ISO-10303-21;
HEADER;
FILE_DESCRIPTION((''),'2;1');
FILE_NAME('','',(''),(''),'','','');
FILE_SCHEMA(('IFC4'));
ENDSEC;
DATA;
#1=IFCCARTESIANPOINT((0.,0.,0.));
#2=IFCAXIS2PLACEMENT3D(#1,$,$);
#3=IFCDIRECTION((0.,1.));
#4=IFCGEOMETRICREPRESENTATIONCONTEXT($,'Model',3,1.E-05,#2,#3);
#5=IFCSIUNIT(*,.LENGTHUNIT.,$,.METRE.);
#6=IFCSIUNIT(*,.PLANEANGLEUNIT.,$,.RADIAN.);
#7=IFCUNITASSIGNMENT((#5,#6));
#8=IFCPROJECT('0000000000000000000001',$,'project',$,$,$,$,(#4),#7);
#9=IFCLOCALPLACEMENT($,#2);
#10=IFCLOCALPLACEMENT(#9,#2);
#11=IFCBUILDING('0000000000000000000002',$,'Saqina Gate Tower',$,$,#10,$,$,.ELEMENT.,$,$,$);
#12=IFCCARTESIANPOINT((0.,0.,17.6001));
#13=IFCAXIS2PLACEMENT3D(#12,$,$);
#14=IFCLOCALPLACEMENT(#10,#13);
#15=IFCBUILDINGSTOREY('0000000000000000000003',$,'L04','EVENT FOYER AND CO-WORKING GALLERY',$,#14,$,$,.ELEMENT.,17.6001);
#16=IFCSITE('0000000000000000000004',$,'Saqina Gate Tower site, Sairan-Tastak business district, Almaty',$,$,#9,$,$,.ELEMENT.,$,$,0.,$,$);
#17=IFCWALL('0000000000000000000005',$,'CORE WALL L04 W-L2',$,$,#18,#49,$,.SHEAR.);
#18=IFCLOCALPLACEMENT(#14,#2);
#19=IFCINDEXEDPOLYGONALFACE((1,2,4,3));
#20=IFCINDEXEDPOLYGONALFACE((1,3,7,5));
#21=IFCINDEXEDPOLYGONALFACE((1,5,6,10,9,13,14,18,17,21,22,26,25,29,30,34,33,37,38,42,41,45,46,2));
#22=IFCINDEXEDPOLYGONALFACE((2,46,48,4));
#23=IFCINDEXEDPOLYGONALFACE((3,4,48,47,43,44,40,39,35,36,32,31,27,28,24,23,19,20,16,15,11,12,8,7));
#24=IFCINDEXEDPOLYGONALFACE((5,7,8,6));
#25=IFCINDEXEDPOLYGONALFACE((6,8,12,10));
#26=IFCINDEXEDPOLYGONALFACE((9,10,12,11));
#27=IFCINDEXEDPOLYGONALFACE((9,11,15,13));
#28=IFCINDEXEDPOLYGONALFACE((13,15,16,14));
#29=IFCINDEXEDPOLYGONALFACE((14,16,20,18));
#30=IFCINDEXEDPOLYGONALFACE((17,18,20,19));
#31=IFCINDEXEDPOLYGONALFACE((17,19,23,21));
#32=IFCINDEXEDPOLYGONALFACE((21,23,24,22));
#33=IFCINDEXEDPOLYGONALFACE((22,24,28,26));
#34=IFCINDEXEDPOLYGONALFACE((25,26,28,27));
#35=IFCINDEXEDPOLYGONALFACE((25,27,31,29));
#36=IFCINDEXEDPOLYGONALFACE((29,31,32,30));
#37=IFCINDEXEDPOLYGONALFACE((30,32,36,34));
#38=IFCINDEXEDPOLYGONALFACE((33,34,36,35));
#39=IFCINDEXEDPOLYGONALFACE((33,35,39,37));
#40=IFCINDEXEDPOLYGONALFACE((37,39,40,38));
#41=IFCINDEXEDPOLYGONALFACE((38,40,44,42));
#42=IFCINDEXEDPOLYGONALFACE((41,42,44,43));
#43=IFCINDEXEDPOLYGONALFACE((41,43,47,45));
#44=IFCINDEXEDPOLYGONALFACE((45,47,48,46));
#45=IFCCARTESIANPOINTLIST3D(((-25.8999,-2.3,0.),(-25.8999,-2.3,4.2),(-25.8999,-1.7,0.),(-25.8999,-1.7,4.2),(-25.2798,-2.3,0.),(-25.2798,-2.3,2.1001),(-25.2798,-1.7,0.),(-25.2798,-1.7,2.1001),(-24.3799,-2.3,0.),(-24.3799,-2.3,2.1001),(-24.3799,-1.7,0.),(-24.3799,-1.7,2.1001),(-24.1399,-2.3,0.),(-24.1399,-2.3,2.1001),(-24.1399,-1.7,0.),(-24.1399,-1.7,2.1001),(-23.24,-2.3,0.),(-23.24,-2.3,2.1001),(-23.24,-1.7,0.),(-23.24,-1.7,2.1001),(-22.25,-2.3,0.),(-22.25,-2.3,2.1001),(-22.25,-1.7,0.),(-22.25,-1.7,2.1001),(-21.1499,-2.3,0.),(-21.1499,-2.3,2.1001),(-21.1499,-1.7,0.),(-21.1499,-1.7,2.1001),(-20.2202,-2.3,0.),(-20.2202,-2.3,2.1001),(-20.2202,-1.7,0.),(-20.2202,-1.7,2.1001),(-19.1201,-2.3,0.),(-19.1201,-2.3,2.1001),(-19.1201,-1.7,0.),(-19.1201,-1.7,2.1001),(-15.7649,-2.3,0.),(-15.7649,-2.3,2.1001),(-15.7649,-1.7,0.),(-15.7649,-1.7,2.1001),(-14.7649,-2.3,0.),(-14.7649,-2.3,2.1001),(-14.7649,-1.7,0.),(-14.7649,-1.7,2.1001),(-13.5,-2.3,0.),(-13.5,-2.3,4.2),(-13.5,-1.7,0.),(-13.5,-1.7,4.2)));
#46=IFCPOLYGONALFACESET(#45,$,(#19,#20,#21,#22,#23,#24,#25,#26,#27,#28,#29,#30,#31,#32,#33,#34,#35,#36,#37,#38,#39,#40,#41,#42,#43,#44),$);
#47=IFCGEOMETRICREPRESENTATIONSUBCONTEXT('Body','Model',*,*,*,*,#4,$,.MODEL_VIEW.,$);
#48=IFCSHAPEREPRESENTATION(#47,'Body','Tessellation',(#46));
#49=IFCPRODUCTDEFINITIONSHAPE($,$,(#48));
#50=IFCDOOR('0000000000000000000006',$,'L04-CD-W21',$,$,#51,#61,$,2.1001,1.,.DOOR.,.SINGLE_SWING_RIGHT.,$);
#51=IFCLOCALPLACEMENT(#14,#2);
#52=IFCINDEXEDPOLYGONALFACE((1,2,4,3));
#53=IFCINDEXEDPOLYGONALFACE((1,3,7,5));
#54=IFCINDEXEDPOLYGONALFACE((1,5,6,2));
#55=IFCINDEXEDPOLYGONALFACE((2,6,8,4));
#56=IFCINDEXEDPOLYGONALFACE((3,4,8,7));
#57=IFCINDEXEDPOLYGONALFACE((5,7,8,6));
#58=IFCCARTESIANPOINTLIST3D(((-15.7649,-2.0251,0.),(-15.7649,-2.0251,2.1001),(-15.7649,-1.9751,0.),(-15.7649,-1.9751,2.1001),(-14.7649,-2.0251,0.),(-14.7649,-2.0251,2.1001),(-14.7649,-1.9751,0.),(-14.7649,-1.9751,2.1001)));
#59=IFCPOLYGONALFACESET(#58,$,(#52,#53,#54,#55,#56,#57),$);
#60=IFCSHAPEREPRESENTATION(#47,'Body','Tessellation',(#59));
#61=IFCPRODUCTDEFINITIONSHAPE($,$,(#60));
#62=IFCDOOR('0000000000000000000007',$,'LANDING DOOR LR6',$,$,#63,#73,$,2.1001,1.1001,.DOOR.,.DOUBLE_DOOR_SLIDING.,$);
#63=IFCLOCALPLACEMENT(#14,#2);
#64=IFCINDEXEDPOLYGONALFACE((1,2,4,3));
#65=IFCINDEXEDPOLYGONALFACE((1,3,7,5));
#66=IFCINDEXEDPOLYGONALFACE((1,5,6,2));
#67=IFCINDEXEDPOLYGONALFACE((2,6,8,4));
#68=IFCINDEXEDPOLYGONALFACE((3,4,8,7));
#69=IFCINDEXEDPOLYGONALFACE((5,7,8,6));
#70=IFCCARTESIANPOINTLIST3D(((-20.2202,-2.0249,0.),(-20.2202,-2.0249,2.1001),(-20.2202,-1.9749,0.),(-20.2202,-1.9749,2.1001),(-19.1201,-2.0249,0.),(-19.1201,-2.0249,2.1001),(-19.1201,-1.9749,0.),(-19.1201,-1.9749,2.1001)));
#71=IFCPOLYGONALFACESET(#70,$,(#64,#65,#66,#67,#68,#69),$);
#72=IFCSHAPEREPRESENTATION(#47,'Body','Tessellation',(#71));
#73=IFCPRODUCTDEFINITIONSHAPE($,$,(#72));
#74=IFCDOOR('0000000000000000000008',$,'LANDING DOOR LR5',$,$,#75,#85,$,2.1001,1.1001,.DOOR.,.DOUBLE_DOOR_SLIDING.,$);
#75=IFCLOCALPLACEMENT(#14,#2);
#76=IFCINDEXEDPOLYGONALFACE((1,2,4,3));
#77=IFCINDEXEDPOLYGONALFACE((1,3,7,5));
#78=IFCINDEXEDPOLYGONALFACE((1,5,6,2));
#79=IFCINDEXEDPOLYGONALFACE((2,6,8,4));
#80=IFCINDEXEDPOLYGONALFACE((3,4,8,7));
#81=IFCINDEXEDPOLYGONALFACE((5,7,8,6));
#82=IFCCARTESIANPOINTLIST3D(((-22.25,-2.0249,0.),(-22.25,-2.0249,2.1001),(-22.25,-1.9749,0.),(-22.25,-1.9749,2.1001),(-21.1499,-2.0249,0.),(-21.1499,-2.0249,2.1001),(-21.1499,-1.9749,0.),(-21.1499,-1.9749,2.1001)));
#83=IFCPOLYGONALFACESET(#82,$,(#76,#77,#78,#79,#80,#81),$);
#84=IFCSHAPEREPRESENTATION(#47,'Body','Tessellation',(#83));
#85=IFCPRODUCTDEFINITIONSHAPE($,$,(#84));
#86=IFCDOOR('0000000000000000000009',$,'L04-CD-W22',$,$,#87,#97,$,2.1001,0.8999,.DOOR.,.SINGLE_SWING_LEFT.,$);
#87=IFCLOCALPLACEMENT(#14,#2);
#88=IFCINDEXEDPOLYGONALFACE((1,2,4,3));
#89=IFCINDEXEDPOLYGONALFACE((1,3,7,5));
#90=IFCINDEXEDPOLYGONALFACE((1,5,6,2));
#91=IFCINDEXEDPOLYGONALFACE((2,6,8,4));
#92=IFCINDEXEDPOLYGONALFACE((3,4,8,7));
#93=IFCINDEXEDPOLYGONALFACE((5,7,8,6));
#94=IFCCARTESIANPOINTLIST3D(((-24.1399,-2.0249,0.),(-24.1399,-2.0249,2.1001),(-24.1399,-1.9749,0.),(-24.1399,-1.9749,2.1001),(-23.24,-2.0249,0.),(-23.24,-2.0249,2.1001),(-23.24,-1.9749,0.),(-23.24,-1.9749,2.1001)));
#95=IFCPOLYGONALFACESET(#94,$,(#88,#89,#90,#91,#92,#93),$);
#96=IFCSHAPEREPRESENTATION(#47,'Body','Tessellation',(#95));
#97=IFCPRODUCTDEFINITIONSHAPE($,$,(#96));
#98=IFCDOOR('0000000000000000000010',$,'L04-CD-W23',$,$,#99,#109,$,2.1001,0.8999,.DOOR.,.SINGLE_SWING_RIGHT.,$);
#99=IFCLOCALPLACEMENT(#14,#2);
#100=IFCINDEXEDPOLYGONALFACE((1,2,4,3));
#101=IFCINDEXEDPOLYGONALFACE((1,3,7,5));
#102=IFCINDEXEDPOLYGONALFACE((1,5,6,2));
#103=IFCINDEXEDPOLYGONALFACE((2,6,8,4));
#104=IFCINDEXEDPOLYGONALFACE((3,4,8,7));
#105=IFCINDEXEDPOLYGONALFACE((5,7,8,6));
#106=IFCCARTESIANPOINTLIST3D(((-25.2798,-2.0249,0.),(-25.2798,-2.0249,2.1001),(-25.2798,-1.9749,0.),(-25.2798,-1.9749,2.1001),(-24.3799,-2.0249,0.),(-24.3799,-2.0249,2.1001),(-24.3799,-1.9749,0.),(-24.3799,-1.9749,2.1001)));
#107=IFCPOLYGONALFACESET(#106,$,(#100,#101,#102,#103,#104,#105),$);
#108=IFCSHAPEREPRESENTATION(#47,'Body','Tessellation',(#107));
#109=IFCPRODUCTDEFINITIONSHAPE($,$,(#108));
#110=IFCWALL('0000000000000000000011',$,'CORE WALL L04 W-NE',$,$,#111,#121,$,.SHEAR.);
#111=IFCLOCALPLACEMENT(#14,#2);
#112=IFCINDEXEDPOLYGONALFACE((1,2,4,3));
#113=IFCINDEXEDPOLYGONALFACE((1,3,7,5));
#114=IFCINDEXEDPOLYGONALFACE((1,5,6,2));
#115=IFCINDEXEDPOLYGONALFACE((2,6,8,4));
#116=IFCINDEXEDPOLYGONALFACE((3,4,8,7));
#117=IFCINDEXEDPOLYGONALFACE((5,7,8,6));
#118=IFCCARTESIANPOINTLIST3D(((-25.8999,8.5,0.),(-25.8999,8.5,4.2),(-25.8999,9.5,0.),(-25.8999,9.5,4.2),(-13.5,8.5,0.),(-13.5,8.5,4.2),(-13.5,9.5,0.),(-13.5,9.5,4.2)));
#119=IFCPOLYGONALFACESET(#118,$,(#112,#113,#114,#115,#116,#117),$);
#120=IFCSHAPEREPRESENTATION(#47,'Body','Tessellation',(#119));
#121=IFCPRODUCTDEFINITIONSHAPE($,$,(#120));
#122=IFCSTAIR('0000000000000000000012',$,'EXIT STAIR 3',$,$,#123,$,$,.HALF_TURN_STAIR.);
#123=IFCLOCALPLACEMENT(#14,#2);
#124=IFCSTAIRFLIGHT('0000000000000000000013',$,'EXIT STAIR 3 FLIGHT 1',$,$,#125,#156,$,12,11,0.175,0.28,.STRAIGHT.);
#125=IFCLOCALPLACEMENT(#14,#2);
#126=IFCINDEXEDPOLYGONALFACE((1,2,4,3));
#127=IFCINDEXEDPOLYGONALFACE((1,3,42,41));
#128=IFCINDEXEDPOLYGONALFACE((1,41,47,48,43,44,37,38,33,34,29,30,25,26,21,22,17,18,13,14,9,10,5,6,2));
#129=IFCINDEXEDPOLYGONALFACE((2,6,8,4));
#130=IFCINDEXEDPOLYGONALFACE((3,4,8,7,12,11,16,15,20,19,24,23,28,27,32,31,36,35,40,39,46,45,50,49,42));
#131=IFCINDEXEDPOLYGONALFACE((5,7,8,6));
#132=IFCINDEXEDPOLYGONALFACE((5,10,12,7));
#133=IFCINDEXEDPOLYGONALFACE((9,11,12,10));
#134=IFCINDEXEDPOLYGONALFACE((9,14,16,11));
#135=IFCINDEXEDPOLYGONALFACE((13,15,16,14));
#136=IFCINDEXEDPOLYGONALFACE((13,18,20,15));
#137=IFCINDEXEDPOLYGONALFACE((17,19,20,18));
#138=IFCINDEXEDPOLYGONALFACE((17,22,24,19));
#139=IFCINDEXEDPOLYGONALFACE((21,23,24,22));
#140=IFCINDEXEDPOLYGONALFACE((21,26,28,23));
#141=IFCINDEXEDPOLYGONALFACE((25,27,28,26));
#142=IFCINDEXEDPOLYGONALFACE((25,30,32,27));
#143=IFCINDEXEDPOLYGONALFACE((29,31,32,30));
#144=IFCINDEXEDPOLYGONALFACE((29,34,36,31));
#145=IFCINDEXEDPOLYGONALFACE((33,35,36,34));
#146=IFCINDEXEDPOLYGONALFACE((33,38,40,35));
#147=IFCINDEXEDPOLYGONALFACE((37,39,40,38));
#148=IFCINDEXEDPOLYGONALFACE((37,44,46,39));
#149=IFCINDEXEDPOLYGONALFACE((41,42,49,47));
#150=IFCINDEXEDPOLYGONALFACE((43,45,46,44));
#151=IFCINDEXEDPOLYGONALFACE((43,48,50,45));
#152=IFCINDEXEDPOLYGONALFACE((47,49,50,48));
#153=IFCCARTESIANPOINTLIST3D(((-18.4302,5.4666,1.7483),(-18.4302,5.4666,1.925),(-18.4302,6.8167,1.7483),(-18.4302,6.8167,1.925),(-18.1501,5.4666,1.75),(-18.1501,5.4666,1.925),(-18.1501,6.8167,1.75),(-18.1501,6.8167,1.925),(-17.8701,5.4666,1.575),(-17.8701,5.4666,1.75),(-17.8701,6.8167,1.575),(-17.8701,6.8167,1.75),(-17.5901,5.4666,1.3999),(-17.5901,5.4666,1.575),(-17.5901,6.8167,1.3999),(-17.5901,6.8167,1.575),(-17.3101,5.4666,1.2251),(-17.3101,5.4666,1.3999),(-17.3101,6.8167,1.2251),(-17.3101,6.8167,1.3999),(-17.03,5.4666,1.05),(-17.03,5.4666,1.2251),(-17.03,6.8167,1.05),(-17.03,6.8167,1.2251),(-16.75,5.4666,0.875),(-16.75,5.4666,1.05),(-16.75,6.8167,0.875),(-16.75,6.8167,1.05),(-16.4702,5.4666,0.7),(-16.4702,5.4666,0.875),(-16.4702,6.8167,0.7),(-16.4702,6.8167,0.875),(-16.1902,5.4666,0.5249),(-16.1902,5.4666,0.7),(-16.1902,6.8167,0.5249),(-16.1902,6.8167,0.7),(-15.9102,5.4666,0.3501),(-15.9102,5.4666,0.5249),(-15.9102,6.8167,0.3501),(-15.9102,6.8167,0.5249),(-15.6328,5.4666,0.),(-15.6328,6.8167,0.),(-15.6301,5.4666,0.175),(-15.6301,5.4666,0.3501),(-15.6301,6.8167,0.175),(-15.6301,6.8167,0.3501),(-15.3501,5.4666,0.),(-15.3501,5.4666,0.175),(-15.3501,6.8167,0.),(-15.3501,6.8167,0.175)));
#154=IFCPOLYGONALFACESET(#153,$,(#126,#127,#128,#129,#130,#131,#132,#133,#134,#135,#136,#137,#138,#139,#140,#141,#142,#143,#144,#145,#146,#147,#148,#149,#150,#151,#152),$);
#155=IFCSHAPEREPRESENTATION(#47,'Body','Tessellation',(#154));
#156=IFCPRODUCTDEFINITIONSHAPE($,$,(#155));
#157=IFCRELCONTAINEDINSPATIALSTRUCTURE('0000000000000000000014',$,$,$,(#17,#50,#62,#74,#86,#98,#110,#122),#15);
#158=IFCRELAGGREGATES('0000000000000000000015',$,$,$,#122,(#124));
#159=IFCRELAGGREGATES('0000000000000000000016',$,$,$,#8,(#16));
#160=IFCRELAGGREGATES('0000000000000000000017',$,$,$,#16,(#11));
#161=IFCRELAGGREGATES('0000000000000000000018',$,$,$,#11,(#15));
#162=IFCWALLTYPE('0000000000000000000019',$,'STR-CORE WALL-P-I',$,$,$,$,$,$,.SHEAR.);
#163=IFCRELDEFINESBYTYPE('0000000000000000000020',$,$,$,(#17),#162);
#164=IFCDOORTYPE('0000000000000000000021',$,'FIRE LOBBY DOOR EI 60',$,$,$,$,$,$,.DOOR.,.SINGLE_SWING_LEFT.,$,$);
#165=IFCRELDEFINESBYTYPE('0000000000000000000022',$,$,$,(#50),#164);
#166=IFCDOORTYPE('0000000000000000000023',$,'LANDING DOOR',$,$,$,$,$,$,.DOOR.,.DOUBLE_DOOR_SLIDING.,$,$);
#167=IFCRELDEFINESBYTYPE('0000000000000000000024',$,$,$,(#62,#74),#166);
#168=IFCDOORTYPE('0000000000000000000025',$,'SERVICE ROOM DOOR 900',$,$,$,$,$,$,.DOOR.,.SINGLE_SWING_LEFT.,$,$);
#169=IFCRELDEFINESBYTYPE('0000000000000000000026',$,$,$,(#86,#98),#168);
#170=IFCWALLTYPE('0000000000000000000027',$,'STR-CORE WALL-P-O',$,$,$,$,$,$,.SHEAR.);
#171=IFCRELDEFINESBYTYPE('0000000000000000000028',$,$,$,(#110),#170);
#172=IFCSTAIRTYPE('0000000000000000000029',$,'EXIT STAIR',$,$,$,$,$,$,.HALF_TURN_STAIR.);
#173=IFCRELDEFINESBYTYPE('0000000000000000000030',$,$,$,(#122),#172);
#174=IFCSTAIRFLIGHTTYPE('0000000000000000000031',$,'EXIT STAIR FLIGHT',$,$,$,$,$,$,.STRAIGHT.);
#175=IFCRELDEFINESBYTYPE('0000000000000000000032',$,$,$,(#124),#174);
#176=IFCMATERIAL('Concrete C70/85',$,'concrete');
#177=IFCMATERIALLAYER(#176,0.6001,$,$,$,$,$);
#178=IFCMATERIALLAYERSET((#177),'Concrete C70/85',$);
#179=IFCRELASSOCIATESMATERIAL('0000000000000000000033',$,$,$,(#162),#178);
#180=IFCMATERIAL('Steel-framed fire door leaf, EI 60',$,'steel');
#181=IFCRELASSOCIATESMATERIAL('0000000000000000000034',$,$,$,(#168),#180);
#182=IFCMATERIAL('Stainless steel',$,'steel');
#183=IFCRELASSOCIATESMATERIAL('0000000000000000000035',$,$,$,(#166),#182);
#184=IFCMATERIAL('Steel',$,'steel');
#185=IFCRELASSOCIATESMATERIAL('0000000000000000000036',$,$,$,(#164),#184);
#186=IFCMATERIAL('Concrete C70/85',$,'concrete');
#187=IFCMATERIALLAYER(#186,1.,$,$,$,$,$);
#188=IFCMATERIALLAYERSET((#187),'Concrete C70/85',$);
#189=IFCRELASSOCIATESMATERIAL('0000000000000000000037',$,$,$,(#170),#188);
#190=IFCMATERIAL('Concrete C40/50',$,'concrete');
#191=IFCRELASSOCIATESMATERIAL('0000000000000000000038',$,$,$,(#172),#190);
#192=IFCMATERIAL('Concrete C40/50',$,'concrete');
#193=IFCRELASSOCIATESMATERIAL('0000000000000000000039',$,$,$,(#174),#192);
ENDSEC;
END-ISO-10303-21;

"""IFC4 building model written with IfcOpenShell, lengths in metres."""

from ifc_helpers import new_model, si_unit, direction, frame, frame_2d, origin, place, context, subcontext, project, spatial, polyline, rectangle, outline, extrude, material, layer, layer_set, type_object, element, fill, aggregate, save


model = new_model("IFC4")

# Units and contexts
model_context = context("Model", 3, precision=1e-05, world=origin(), true_north=direction((0.0, 1.0)))
body_context = subcontext(model_context, "Body", "Model", "MODEL_VIEW")
ifc_project = project(units=[si_unit("LENGTHUNIT", "METRE"), si_unit("PLANEANGLEUNIT", "RADIAN")], contexts=[model_context])

# Site, building, storey
site_placement = place(None, origin())
site = spatial("IfcSite", under=ifc_project, at=site_placement, Name="Saqina Gate Tower site, Sairan-Tastak business district, Almaty", CompositionType="ELEMENT", RefElevation=0.0)
building_placement = place(site_placement, origin())
building = spatial("IfcBuilding", under=site, at=building_placement, Name="Saqina Gate Tower", CompositionType="ELEMENT")
storey_placement = place(building_placement, frame((0.0, 0.0, 17.6001)))
storey = spatial("IfcBuildingStorey", under=building, at=storey_placement, Name="L04", Description="EVENT FOYER AND CO-WORKING GALLERY", CompositionType="ELEMENT", Elevation=17.6001)

# Shared definitions
ifc_material_1 = material(Name="Concrete C70/85", Category="concrete")
ifc_layer_1 = layer(ifc_material_1, 0.6001)
ifc_layer_set_1 = layer_set([ifc_layer_1], Name="Concrete C70/85")
wall_type_1 = type_object("IfcWallType", Name="STR-CORE WALL-P-I", PredefinedType="SHEAR", material=ifc_layer_set_1)
ifc_material_2 = material(Name="Steel-framed fire door leaf, EI 60", Category="steel")
door_type_1 = type_object("IfcDoorType", Name="SERVICE ROOM DOOR 900", OperationType="SINGLE_SWING_LEFT", PredefinedType="DOOR", material=ifc_material_2)

# Wall, openings, doors
ifc_material_3 = material(Name="Stainless steel", Category="steel")
door_type_2 = type_object("IfcDoorType", Name="LANDING DOOR", OperationType="DOUBLE_DOOR_SLIDING", PredefinedType="DOOR", material=ifc_material_3)
wall_1_placement = place(storey_placement, frame((-13.5, -2.0, 0.0), z_axis=(0.0, 0.0, 1.0), x_axis=(-1.0, 0.0, 0.0)))
wall_1 = element("IfcWall", 1, at=wall_1_placement, inside=storey, type_object=wall_type_1, Name="CORE WALL L04 W-L2", PredefinedType="SHEAR", context=body_context, shape_type="SweptSolid", body=[
    extrude(rectangle(XDim=12.3999, YDim=0.6001, at=frame_2d((6.2, 0.0))), origin(), (0.0, 0.0, 1.0), 4.2),
])
opening_1_placement = place(wall_1_placement, frame((5.6201, 0.0, 0.0)))
opening_1 = element("IfcOpeningElement", 2, at=opening_1_placement, cuts=wall_1, PredefinedType="OPENING", context=body_context, shape_type="SweptSolid", body=[
    extrude(rectangle(XDim=1.1001, YDim=2.1001, at=frame_2d((0.55, 1.05))), frame((0.0, 0.312, 0.0), z_axis=(0.0, -1.0, 0.0), x_axis=(1.0, 0.0, 0.0)), (0.0, 0.0, 1.0), 0.624),
])
opening_2_placement = place(wall_1_placement, frame((7.6499, 0.0, 0.0)))
opening_2 = element("IfcOpeningElement", 3, at=opening_2_placement, cuts=wall_1, PredefinedType="OPENING", context=body_context, shape_type="SweptSolid", body=[
    extrude(rectangle(XDim=1.1001, YDim=2.1001, at=frame_2d((0.55, 1.05))), frame((0.0, 0.312, 0.0), z_axis=(0.0, -1.0, 0.0), x_axis=(1.0, 0.0, 0.0)), (0.0, 0.0, 1.0), 0.624),
])
opening_3_placement = place(wall_1_placement, frame((1.2649, 0.0, 0.0)))
opening_3 = element("IfcOpeningElement", 4, at=opening_3_placement, cuts=wall_1, PredefinedType="OPENING", context=body_context, shape_type="SweptSolid", body=[
    extrude(rectangle(XDim=1.0, YDim=2.1001, at=frame_2d((0.5, 1.05))), frame((0.0, 0.312, 0.0), z_axis=(0.0, -1.0, 0.0), x_axis=(1.0, 0.0, 0.0)), (0.0, 0.0, 1.0), 0.624),
])
opening_4_placement = place(wall_1_placement, frame((9.74, 0.0, 0.0)))
opening_4 = element("IfcOpeningElement", 5, at=opening_4_placement, cuts=wall_1, PredefinedType="OPENING", context=body_context, shape_type="SweptSolid", body=[
    extrude(rectangle(XDim=0.8999, YDim=2.1001, at=frame_2d((0.45, 1.05))), frame((0.0, 0.312, 0.0), z_axis=(0.0, -1.0, 0.0), x_axis=(1.0, 0.0, 0.0)), (0.0, 0.0, 1.0), 0.624),
])
opening_5_placement = place(wall_1_placement, frame((10.8799, 0.0, 0.0)))
opening_5 = element("IfcOpeningElement", 6, at=opening_5_placement, cuts=wall_1, PredefinedType="OPENING", context=body_context, shape_type="SweptSolid", body=[
    extrude(rectangle(XDim=0.8999, YDim=2.1001, at=frame_2d((0.45, 1.05))), frame((0.0, 0.312, 0.0), z_axis=(0.0, -1.0, 0.0), x_axis=(1.0, 0.0, 0.0)), (0.0, 0.0, 1.0), 0.624),
])
ifc_material_4 = material(Name="Steel", Category="steel")
door_type_3 = type_object("IfcDoorType", Name="FIRE LOBBY DOOR EI 60", OperationType="SINGLE_SWING_LEFT", PredefinedType="DOOR", material=ifc_material_4)
door_1_placement = place(opening_3_placement, frame((1.0, 0.0, 0.0), z_axis=(0.0, 0.0, 1.0), x_axis=(-1.0, 0.0, 0.0)))
door_1 = element("IfcDoor", 7, at=door_1_placement, inside=storey, type_object=door_type_3, Name="L04-CD-W21", OperationType="SINGLE_SWING_RIGHT", OverallHeight=2.1001, OverallWidth=1.0, PredefinedType="DOOR", context=body_context, shape_type="SweptSolid", body=[
    extrude(rectangle(XDim=1.0, YDim=2.1001, at=frame_2d((0.5, 1.05))), frame((0.0, 0.0249, 0.0), z_axis=(0.0, -1.0, 0.0), x_axis=(1.0, 0.0, 0.0)), (0.0, 0.0, 1.0), 0.05),
])
fill(opening_3, door_1)
door_2_placement = place(opening_1_placement, origin())
door_2 = element("IfcDoor", 8, at=door_2_placement, inside=storey, type_object=door_type_2, Name="LANDING DOOR LR6", OperationType="DOUBLE_DOOR_SLIDING", OverallHeight=2.1001, OverallWidth=1.1001, PredefinedType="DOOR", context=body_context, shape_type="SweptSolid", body=[
    extrude(rectangle(XDim=1.1001, YDim=2.1001, at=frame_2d((0.55, 1.05))), frame((0.0, 0.0249, 0.0), z_axis=(0.0, -1.0, 0.0), x_axis=(1.0, 0.0, 0.0)), (0.0, 0.0, 1.0), 0.05),
])
fill(opening_1, door_2)
door_3_placement = place(opening_2_placement, origin())
door_3 = element("IfcDoor", 9, at=door_3_placement, inside=storey, type_object=door_type_2, Name="LANDING DOOR LR5", OperationType="DOUBLE_DOOR_SLIDING", OverallHeight=2.1001, OverallWidth=1.1001, PredefinedType="DOOR", context=body_context, shape_type="SweptSolid", body=[
    extrude(rectangle(XDim=1.1001, YDim=2.1001, at=frame_2d((0.55, 1.05))), frame((0.0, 0.0249, 0.0), z_axis=(0.0, -1.0, 0.0), x_axis=(1.0, 0.0, 0.0)), (0.0, 0.0, 1.0), 0.05),
])
fill(opening_2, door_3)
door_4_placement = place(opening_4_placement, origin())
door_4 = element("IfcDoor", 10, at=door_4_placement, inside=storey, type_object=door_type_1, Name="L04-CD-W22", OperationType="SINGLE_SWING_LEFT", OverallHeight=2.1001, OverallWidth=0.8999, PredefinedType="DOOR", context=body_context, shape_type="SweptSolid", body=[
    extrude(rectangle(XDim=0.8999, YDim=2.1001, at=frame_2d((0.45, 1.05))), frame((0.0, 0.0249, 0.0), z_axis=(0.0, -1.0, 0.0), x_axis=(1.0, 0.0, 0.0)), (0.0, 0.0, 1.0), 0.05),
])
fill(opening_4, door_4)
door_5_placement = place(opening_5_placement, origin())
door_5 = element("IfcDoor", 11, at=door_5_placement, inside=storey, type_object=door_type_1, Name="L04-CD-W23", OperationType="SINGLE_SWING_RIGHT", OverallHeight=2.1001, OverallWidth=0.8999, PredefinedType="DOOR", context=body_context, shape_type="SweptSolid", body=[
    extrude(rectangle(XDim=0.8999, YDim=2.1001, at=frame_2d((0.45, 1.05))), frame((0.0, 0.0249, 0.0), z_axis=(0.0, -1.0, 0.0), x_axis=(1.0, 0.0, 0.0)), (0.0, 0.0, 1.0), 0.05),
])
fill(opening_5, door_5)

# Wall
ifc_material_5 = material(Name="Concrete C70/85", Category="concrete")
ifc_layer_2 = layer(ifc_material_5, 1.0)
ifc_layer_set_2 = layer_set([ifc_layer_2], Name="Concrete C70/85")
wall_type_2 = type_object("IfcWallType", Name="STR-CORE WALL-P-O", PredefinedType="SHEAR", material=ifc_layer_set_2)
wall_2_placement = place(storey_placement, frame((-13.5, 9.0, 0.0), z_axis=(0.0, 0.0, 1.0), x_axis=(-1.0, 0.0, 0.0)))
element("IfcWall", 12, at=wall_2_placement, inside=storey, type_object=wall_type_2, Name="CORE WALL L04 W-NE", PredefinedType="SHEAR", context=body_context, shape_type="SweptSolid", body=[
    extrude(rectangle(XDim=12.3999, YDim=1.0, at=frame_2d((6.2, 0.0))), origin(), (0.0, 0.0, 1.0), 4.2),
])

# Stair, stair flight
ifc_material_6 = material(Name="Concrete C40/50", Category="concrete")
stair_type = type_object("IfcStairType", Name="EXIT STAIR", PredefinedType="HALF_TURN_STAIR", material=ifc_material_6)
stair_placement = place(storey_placement, origin())
stair = element("IfcStair", 13, at=stair_placement, inside=storey, type_object=stair_type, Name="EXIT STAIR 3", PredefinedType="HALF_TURN_STAIR")
ifc_material_7 = material(Name="Concrete C40/50", Category="concrete")
stair_flight_type = type_object("IfcStairFlightType", Name="EXIT STAIR FLIGHT", PredefinedType="STRAIGHT", material=ifc_material_7)
stair_flight_1_placement = place(storey_placement, frame((-15.3501, 6.1416, 0.0), z_axis=(0.0, 0.0, 1.0), x_axis=(-1.0, 0.0, 0.0)))
stair_flight_1 = element("IfcStairFlight", 14, at=stair_flight_1_placement, type_object=stair_flight_type, Name="EXIT STAIR 3 FLIGHT 1", NumberOfRisers=12, NumberOfTreads=11, PredefinedType="STRAIGHT", RiserHeight=0.175, TreadLength=0.28, context=body_context, shape_type="SweptSolid", body=[
    extrude(outline(polyline([(0.0, 0.0), (0.0, 0.175), (0.28, 0.175), (0.28, 0.3501), (0.5601, 0.3501), (0.5601, 0.5249), (0.8401, 0.5249), (0.8401, 0.7), (1.1201, 0.7), (1.1201, 0.875), (1.3999, 0.875), (1.3999, 1.05), (1.6799, 1.05), (1.6799, 1.2251), (1.96, 1.2251), (1.96, 1.3999), (2.24, 1.3999), (2.24, 1.575), (2.52, 1.575), (2.52, 1.75), (2.8, 1.75), (2.8, 1.925), (3.0801, 1.925), (3.0801, 2.1001), (3.0801, 1.7483), (0.2827, 0.0), (0.0, 0.0)])), frame((0.0, 0.675, 0.0), z_axis=(0.0, -1.0, 0.0), x_axis=(1.0, 0.0, 0.0)), (0.0, 0.0, 1.0), 1.3501),
])
aggregate(stair, [stair_flight_1])

save(model, "model.ifc")
